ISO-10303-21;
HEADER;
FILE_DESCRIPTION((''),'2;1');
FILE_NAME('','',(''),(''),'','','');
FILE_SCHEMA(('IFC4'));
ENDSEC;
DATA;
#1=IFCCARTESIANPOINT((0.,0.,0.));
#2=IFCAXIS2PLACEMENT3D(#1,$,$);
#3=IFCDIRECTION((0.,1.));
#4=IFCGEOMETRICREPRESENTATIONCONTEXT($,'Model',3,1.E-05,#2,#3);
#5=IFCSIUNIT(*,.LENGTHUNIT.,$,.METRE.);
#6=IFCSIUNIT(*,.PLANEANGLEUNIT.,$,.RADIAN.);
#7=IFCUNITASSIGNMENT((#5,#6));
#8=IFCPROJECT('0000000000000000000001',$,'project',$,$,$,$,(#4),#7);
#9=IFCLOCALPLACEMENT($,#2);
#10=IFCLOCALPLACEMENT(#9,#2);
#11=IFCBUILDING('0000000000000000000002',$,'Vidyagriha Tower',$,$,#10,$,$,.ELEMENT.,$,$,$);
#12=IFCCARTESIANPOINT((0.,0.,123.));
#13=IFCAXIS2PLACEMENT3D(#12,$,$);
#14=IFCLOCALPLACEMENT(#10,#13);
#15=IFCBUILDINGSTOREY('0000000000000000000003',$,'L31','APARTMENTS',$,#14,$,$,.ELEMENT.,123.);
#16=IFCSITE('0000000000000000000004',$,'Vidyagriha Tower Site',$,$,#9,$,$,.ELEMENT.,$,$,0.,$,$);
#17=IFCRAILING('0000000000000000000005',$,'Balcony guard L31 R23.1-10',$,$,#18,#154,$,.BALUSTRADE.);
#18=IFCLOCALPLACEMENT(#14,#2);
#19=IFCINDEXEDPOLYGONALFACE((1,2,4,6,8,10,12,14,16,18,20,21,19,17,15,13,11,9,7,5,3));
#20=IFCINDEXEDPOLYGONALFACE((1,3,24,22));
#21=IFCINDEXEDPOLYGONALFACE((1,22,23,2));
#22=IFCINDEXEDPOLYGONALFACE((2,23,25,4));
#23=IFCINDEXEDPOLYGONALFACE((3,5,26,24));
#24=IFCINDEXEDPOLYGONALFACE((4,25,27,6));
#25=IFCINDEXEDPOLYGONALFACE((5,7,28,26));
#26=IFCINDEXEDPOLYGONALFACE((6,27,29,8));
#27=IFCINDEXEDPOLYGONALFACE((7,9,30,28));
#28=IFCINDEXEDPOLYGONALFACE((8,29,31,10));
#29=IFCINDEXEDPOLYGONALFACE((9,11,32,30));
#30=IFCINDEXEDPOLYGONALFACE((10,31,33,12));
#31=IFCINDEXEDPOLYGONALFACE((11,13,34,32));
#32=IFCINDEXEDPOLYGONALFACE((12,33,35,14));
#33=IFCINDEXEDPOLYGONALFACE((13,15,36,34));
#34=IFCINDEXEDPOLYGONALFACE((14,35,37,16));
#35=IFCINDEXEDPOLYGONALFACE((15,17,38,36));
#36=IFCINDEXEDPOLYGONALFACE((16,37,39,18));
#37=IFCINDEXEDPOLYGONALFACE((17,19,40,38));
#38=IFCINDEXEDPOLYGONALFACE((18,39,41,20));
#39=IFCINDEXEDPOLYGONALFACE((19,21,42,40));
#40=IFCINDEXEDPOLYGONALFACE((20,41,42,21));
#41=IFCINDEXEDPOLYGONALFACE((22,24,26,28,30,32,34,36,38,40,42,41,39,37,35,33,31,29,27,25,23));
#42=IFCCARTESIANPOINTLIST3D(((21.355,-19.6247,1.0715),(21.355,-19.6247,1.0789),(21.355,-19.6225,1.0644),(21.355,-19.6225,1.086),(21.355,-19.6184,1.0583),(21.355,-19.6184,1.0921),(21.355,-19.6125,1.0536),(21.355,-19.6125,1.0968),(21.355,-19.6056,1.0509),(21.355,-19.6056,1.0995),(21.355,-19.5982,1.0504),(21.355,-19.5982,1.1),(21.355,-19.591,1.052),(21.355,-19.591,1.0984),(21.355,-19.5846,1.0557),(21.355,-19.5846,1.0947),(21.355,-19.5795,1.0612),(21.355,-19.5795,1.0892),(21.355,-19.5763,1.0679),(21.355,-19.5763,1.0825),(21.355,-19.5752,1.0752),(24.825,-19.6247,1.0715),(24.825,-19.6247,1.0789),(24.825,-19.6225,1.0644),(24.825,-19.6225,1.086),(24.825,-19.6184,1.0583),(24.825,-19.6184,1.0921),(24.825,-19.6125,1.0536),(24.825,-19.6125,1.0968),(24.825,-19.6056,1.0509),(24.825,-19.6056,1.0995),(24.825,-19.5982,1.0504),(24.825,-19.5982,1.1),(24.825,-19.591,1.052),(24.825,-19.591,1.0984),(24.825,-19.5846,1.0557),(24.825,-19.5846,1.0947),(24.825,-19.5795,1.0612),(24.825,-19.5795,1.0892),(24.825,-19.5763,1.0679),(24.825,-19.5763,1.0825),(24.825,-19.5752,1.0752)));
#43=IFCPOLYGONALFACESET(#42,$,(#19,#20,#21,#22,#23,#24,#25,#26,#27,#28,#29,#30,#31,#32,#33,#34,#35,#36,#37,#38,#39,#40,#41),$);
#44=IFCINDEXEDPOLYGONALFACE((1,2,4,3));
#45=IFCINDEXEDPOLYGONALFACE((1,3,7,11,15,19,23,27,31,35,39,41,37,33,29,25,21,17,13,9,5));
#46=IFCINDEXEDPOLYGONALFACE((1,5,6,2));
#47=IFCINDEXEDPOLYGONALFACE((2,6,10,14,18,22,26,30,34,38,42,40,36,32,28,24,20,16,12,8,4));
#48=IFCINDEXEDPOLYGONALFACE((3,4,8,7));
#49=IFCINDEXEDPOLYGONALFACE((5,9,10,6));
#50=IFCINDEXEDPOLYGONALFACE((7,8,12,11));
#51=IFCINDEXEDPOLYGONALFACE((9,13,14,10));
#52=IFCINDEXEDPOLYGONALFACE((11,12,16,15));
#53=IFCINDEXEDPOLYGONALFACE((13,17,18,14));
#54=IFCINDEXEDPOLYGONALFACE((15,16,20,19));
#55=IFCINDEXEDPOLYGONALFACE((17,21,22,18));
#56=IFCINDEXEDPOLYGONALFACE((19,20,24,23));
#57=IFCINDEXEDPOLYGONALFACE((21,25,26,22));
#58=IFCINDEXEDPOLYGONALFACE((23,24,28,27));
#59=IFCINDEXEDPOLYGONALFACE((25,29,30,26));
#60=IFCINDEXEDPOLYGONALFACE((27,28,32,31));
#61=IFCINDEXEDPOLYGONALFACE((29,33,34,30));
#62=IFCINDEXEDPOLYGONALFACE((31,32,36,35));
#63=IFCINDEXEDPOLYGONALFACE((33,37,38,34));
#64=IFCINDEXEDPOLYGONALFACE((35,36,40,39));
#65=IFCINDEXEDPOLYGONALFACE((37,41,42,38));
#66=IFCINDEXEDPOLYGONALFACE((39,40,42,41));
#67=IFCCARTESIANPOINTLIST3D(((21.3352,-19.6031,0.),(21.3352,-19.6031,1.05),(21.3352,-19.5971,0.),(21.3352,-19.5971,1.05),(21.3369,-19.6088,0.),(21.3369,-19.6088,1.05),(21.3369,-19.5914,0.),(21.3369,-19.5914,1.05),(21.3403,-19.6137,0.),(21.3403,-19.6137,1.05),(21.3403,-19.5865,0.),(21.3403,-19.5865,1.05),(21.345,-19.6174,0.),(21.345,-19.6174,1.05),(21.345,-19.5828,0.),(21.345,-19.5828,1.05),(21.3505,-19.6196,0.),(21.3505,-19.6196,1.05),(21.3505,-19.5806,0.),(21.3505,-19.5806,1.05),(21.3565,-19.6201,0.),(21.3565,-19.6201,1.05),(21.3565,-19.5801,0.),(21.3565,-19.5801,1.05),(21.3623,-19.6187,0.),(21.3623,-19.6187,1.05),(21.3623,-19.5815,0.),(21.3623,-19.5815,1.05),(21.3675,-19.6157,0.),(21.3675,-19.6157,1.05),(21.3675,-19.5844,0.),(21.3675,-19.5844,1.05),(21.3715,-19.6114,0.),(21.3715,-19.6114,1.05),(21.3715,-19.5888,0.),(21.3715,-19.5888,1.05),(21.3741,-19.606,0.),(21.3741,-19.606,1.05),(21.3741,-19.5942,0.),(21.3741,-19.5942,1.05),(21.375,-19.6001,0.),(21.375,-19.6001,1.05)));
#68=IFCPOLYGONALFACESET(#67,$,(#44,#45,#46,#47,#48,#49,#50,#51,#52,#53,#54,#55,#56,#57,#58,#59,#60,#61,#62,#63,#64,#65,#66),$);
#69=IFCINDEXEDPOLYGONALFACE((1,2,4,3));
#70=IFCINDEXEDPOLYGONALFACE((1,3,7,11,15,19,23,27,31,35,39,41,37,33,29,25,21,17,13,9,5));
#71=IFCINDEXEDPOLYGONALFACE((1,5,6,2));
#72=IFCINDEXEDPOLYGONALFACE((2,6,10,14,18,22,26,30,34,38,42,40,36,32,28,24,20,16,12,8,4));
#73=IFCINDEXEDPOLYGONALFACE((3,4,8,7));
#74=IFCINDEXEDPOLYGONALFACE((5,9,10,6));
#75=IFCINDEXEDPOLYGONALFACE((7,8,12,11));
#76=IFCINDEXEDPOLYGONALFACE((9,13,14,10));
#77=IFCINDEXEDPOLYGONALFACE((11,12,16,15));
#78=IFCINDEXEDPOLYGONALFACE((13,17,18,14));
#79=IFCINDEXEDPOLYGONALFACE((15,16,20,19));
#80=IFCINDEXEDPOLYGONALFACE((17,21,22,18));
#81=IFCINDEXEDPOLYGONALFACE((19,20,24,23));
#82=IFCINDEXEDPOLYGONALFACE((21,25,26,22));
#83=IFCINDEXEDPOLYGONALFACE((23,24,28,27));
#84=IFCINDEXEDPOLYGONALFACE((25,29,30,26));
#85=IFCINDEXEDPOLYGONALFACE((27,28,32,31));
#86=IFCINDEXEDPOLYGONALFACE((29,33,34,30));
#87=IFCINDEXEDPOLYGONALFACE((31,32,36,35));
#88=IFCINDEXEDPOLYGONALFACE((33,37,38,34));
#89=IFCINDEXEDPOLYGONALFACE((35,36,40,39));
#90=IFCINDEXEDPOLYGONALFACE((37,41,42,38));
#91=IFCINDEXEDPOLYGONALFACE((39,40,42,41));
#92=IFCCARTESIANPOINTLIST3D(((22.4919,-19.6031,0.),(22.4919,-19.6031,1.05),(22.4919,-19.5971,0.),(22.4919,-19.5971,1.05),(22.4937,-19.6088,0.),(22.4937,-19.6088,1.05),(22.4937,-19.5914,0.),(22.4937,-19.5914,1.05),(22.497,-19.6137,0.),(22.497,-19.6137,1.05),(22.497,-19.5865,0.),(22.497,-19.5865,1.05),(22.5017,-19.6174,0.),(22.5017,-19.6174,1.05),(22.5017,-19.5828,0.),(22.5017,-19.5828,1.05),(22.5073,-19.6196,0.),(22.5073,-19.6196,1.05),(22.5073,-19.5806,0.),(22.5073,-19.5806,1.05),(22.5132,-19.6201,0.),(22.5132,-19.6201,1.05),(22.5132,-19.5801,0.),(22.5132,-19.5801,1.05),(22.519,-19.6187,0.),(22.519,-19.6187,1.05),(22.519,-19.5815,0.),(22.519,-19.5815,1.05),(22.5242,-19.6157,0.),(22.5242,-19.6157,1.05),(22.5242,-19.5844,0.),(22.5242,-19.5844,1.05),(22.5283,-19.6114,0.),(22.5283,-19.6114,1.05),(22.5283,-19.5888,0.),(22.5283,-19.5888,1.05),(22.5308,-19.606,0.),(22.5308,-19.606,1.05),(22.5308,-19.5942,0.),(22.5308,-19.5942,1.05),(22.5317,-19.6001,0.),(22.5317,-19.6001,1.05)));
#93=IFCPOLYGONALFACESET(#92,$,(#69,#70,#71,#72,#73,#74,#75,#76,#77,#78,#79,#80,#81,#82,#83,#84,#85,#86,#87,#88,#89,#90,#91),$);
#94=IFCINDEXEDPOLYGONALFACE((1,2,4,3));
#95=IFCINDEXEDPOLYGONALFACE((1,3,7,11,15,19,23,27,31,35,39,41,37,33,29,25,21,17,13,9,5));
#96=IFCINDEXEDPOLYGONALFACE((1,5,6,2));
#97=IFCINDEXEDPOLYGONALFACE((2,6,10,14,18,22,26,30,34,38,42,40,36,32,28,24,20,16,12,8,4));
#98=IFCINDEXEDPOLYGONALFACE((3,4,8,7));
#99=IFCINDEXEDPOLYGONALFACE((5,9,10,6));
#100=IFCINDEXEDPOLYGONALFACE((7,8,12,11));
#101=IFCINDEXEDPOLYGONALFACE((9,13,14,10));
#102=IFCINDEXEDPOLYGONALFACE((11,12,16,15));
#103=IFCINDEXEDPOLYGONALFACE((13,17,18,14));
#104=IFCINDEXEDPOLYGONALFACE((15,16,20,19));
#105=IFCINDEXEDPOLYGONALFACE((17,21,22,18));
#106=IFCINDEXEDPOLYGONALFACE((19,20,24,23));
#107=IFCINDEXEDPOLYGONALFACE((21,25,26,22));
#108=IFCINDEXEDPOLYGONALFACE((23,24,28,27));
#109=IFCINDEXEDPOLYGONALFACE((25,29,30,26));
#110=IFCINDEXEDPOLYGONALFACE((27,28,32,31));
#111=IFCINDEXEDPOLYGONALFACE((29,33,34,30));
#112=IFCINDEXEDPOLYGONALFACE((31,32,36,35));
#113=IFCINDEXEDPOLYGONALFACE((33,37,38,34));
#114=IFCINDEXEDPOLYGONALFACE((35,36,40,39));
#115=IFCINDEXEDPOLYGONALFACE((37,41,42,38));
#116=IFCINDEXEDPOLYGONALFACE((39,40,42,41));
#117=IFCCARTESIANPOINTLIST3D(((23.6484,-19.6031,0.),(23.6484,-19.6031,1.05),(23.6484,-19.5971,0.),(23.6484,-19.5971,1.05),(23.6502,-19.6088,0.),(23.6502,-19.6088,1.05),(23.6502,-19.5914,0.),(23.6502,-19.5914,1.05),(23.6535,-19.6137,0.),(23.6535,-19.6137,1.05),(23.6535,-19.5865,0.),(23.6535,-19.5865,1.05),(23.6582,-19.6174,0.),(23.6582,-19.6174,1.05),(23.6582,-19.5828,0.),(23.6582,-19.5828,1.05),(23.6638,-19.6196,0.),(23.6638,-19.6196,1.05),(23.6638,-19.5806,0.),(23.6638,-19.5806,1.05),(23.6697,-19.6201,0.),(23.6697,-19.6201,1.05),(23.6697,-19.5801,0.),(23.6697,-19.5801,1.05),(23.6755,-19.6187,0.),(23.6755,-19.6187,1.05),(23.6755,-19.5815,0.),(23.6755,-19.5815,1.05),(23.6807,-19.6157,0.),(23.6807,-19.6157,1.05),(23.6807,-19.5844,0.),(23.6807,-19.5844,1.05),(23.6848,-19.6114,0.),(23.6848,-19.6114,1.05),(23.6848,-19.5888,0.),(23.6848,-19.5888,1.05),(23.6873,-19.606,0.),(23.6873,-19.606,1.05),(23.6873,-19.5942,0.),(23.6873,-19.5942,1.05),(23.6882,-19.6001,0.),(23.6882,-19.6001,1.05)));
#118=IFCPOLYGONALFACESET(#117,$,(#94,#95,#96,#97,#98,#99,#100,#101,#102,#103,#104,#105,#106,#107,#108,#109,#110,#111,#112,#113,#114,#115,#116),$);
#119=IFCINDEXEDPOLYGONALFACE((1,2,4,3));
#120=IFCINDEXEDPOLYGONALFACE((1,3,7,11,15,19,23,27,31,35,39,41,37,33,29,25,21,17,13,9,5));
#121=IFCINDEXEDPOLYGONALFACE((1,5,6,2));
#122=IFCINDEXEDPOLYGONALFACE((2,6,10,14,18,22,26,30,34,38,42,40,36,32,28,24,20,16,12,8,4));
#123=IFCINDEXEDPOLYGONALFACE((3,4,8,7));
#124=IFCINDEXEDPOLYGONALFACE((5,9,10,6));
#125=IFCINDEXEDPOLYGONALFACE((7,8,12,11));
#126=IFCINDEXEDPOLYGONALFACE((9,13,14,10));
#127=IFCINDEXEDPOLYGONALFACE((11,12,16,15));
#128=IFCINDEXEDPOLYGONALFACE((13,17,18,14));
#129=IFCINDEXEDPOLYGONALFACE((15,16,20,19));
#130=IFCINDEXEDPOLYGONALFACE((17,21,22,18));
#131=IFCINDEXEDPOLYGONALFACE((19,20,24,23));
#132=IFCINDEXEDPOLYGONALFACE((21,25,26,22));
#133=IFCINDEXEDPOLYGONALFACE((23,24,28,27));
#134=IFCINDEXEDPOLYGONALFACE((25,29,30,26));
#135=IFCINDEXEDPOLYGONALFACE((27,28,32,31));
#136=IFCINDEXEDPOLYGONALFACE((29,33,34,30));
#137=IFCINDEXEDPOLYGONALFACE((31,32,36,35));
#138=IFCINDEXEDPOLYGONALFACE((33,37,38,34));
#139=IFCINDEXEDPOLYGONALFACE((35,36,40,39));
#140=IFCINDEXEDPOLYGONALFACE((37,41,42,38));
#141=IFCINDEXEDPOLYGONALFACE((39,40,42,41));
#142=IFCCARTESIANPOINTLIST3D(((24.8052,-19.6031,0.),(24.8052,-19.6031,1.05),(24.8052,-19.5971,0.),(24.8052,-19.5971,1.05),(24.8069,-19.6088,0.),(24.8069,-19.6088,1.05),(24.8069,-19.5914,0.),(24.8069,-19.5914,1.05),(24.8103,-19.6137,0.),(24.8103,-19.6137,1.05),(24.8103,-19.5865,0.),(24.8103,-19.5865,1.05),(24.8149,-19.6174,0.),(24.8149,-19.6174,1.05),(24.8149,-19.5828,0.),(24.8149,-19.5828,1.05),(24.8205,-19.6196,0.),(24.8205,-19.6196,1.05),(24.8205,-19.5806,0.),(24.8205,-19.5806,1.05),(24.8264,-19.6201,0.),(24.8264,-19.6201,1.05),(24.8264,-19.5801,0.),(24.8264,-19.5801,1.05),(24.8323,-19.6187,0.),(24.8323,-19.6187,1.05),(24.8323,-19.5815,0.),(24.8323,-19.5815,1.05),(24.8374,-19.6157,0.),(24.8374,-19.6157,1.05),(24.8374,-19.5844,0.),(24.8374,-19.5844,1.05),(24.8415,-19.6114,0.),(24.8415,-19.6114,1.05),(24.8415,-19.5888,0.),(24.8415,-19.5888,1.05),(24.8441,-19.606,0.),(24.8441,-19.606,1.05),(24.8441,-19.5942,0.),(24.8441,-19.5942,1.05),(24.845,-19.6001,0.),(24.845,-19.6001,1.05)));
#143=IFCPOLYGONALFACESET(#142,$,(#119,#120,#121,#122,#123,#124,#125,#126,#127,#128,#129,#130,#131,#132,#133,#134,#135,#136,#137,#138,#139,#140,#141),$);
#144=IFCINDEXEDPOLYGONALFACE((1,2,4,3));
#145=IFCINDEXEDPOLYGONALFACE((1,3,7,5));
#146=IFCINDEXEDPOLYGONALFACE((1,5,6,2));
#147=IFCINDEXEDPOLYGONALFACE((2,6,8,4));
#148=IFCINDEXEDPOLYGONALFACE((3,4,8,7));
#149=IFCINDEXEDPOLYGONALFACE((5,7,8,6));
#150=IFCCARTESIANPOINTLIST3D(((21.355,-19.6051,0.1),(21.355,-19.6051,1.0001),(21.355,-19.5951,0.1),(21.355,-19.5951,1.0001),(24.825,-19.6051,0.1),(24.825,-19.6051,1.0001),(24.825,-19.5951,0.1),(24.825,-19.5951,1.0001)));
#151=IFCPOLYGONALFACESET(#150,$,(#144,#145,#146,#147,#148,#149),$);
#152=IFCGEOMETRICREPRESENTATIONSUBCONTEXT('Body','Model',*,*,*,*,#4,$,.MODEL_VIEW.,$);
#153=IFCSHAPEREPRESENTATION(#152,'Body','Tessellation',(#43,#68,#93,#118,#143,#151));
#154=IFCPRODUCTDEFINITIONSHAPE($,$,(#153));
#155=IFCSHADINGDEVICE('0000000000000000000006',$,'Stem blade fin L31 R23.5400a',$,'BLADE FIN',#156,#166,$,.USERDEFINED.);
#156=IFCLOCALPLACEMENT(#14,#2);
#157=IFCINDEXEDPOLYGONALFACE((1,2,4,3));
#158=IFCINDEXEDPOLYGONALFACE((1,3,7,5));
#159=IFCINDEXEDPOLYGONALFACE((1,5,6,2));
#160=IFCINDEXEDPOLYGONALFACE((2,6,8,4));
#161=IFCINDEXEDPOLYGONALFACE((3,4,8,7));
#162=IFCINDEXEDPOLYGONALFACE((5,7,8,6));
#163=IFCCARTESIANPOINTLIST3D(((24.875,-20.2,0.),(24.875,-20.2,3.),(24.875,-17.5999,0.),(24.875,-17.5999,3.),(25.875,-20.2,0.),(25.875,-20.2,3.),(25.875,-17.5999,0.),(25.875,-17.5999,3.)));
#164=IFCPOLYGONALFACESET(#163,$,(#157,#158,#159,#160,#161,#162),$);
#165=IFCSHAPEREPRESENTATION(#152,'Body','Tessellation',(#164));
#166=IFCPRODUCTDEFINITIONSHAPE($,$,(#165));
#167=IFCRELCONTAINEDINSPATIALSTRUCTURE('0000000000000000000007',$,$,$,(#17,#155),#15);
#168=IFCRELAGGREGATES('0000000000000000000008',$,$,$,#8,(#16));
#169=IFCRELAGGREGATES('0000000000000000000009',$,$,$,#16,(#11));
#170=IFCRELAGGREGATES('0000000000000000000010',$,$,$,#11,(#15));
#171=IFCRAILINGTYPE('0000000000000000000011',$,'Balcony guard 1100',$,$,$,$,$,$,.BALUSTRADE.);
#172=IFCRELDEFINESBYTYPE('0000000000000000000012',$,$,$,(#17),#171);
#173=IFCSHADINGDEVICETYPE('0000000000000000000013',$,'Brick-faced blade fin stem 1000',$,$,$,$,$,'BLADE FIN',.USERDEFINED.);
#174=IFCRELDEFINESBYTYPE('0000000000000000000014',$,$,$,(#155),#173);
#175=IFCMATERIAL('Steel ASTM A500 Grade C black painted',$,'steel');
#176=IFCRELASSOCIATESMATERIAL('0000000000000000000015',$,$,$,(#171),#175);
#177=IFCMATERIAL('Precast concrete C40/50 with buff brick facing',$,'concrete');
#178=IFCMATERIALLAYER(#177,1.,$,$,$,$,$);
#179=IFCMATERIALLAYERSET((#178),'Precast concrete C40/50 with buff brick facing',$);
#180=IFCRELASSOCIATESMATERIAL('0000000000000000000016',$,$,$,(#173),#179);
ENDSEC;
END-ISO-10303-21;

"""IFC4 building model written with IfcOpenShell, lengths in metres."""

from ifc_helpers import new_model, si_unit, direction, frame, origin, origin_2d, place, context, subcontext, project, spatial, polyline, rectangle, circle, outline, extrude, material, layer, layer_set, type_object, element, save


model = new_model("IFC4")

# Units and contexts
model_context = context("Model", 3, precision=1e-05, world=origin(), true_north=direction((0.0, 1.0)))
body_context = subcontext(model_context, "Body", "Model", "MODEL_VIEW")
ifc_project = project(units=[si_unit("LENGTHUNIT", "METRE"), si_unit("PLANEANGLEUNIT", "RADIAN")], contexts=[model_context])

# Site, building, storey
site_placement = place(None, origin())
site = spatial("IfcSite", under=ifc_project, at=site_placement, Name="Vidyagriha Tower Site", CompositionType="ELEMENT", RefElevation=0.0)
building_placement = place(site_placement, origin())
building = spatial("IfcBuilding", under=site, at=building_placement, Name="Vidyagriha Tower", CompositionType="ELEMENT")
storey_placement = place(building_placement, frame((0.0, 0.0, 123.0)))
storey = spatial("IfcBuildingStorey", under=building, at=storey_placement, Name="L31", Description="APARTMENTS", CompositionType="ELEMENT", Elevation=123.0)

# Railing
ifc_material_1 = material(Name="Steel ASTM A500 Grade C black painted", Category="steel")
railing_type_1 = type_object("IfcRailingType", Name="Balcony guard 1100", PredefinedType="BALUSTRADE", material=ifc_material_1)
railing_1_placement = place(storey_placement, frame((21.355, -19.6001, 0.0)))
element("IfcRailing", 1, at=railing_1_placement, inside=storey, type_object=railing_type_1, Name="Balcony guard L31 R23.1-10", PredefinedType="BALUSTRADE", context=body_context, shape_type="SweptSolid", body=[
    extrude(circle(Radius=0.0249, at=origin_2d()), frame((0.0, 0.0, 1.0752), z_axis=(1.0, 0.0, 0.0), x_axis=(0.0, 1.0, 0.0)), (0.0, 0.0, 1.0), 3.47),
    extrude(circle(Radius=0.02, at=origin_2d()), origin(), (0.0, 0.0, 1.0), 1.05),
    extrude(circle(Radius=0.02, at=origin_2d()), frame((1.1567, 0.0, 0.0)), (0.0, 0.0, 1.0), 1.05),
    extrude(circle(Radius=0.02, at=origin_2d()), frame((2.3132, 0.0, 0.0)), (0.0, 0.0, 1.0), 1.05),
    extrude(circle(Radius=0.02, at=origin_2d()), frame((3.47, 0.0, 0.0)), (0.0, 0.0, 1.0), 1.05),
    extrude(rectangle(XDim=0.01, YDim=0.9001, at=origin_2d()), frame((0.0, 0.0, 0.55), z_axis=(1.0, 0.0, 0.0), x_axis=(0.0, 1.0, 0.0)), (0.0, 0.0, 1.0), 3.47),
])

# Shading device
ifc_material_2 = material(Name="Precast concrete C40/50 with buff brick facing", Category="concrete")
ifc_layer_1 = layer(ifc_material_2, 1.0)
ifc_layer_set_1 = layer_set([ifc_layer_1], Name="Precast concrete C40/50 with buff brick facing")
shading_device_type = type_object("IfcShadingDeviceType", Name="Brick-faced blade fin stem 1000", ElementType="BLADE FIN", PredefinedType="USERDEFINED", material=ifc_layer_set_1)
shading_device_placement = place(storey_placement, frame((24.875, -18.8999, 0.0)))
element("IfcShadingDevice", 2, at=shading_device_placement, inside=storey, type_object=shading_device_type, Name="Stem blade fin L31 R23.5400a", ObjectType="BLADE FIN", PredefinedType="USERDEFINED", context=body_context, shape_type="SweptSolid", body=[
    extrude(outline(polyline([(0.0, 0.0), (1.0, 0.0), (1.0, 3.0), (0.0, 3.0), (0.0, 0.0)])), frame((0.0, 1.3, 0.0), z_axis=(0.0, -1.0, 0.0), x_axis=(1.0, 0.0, 0.0)), (0.0, 0.0, 1.0), 2.6001),
])

save(model, "model.ifc")
